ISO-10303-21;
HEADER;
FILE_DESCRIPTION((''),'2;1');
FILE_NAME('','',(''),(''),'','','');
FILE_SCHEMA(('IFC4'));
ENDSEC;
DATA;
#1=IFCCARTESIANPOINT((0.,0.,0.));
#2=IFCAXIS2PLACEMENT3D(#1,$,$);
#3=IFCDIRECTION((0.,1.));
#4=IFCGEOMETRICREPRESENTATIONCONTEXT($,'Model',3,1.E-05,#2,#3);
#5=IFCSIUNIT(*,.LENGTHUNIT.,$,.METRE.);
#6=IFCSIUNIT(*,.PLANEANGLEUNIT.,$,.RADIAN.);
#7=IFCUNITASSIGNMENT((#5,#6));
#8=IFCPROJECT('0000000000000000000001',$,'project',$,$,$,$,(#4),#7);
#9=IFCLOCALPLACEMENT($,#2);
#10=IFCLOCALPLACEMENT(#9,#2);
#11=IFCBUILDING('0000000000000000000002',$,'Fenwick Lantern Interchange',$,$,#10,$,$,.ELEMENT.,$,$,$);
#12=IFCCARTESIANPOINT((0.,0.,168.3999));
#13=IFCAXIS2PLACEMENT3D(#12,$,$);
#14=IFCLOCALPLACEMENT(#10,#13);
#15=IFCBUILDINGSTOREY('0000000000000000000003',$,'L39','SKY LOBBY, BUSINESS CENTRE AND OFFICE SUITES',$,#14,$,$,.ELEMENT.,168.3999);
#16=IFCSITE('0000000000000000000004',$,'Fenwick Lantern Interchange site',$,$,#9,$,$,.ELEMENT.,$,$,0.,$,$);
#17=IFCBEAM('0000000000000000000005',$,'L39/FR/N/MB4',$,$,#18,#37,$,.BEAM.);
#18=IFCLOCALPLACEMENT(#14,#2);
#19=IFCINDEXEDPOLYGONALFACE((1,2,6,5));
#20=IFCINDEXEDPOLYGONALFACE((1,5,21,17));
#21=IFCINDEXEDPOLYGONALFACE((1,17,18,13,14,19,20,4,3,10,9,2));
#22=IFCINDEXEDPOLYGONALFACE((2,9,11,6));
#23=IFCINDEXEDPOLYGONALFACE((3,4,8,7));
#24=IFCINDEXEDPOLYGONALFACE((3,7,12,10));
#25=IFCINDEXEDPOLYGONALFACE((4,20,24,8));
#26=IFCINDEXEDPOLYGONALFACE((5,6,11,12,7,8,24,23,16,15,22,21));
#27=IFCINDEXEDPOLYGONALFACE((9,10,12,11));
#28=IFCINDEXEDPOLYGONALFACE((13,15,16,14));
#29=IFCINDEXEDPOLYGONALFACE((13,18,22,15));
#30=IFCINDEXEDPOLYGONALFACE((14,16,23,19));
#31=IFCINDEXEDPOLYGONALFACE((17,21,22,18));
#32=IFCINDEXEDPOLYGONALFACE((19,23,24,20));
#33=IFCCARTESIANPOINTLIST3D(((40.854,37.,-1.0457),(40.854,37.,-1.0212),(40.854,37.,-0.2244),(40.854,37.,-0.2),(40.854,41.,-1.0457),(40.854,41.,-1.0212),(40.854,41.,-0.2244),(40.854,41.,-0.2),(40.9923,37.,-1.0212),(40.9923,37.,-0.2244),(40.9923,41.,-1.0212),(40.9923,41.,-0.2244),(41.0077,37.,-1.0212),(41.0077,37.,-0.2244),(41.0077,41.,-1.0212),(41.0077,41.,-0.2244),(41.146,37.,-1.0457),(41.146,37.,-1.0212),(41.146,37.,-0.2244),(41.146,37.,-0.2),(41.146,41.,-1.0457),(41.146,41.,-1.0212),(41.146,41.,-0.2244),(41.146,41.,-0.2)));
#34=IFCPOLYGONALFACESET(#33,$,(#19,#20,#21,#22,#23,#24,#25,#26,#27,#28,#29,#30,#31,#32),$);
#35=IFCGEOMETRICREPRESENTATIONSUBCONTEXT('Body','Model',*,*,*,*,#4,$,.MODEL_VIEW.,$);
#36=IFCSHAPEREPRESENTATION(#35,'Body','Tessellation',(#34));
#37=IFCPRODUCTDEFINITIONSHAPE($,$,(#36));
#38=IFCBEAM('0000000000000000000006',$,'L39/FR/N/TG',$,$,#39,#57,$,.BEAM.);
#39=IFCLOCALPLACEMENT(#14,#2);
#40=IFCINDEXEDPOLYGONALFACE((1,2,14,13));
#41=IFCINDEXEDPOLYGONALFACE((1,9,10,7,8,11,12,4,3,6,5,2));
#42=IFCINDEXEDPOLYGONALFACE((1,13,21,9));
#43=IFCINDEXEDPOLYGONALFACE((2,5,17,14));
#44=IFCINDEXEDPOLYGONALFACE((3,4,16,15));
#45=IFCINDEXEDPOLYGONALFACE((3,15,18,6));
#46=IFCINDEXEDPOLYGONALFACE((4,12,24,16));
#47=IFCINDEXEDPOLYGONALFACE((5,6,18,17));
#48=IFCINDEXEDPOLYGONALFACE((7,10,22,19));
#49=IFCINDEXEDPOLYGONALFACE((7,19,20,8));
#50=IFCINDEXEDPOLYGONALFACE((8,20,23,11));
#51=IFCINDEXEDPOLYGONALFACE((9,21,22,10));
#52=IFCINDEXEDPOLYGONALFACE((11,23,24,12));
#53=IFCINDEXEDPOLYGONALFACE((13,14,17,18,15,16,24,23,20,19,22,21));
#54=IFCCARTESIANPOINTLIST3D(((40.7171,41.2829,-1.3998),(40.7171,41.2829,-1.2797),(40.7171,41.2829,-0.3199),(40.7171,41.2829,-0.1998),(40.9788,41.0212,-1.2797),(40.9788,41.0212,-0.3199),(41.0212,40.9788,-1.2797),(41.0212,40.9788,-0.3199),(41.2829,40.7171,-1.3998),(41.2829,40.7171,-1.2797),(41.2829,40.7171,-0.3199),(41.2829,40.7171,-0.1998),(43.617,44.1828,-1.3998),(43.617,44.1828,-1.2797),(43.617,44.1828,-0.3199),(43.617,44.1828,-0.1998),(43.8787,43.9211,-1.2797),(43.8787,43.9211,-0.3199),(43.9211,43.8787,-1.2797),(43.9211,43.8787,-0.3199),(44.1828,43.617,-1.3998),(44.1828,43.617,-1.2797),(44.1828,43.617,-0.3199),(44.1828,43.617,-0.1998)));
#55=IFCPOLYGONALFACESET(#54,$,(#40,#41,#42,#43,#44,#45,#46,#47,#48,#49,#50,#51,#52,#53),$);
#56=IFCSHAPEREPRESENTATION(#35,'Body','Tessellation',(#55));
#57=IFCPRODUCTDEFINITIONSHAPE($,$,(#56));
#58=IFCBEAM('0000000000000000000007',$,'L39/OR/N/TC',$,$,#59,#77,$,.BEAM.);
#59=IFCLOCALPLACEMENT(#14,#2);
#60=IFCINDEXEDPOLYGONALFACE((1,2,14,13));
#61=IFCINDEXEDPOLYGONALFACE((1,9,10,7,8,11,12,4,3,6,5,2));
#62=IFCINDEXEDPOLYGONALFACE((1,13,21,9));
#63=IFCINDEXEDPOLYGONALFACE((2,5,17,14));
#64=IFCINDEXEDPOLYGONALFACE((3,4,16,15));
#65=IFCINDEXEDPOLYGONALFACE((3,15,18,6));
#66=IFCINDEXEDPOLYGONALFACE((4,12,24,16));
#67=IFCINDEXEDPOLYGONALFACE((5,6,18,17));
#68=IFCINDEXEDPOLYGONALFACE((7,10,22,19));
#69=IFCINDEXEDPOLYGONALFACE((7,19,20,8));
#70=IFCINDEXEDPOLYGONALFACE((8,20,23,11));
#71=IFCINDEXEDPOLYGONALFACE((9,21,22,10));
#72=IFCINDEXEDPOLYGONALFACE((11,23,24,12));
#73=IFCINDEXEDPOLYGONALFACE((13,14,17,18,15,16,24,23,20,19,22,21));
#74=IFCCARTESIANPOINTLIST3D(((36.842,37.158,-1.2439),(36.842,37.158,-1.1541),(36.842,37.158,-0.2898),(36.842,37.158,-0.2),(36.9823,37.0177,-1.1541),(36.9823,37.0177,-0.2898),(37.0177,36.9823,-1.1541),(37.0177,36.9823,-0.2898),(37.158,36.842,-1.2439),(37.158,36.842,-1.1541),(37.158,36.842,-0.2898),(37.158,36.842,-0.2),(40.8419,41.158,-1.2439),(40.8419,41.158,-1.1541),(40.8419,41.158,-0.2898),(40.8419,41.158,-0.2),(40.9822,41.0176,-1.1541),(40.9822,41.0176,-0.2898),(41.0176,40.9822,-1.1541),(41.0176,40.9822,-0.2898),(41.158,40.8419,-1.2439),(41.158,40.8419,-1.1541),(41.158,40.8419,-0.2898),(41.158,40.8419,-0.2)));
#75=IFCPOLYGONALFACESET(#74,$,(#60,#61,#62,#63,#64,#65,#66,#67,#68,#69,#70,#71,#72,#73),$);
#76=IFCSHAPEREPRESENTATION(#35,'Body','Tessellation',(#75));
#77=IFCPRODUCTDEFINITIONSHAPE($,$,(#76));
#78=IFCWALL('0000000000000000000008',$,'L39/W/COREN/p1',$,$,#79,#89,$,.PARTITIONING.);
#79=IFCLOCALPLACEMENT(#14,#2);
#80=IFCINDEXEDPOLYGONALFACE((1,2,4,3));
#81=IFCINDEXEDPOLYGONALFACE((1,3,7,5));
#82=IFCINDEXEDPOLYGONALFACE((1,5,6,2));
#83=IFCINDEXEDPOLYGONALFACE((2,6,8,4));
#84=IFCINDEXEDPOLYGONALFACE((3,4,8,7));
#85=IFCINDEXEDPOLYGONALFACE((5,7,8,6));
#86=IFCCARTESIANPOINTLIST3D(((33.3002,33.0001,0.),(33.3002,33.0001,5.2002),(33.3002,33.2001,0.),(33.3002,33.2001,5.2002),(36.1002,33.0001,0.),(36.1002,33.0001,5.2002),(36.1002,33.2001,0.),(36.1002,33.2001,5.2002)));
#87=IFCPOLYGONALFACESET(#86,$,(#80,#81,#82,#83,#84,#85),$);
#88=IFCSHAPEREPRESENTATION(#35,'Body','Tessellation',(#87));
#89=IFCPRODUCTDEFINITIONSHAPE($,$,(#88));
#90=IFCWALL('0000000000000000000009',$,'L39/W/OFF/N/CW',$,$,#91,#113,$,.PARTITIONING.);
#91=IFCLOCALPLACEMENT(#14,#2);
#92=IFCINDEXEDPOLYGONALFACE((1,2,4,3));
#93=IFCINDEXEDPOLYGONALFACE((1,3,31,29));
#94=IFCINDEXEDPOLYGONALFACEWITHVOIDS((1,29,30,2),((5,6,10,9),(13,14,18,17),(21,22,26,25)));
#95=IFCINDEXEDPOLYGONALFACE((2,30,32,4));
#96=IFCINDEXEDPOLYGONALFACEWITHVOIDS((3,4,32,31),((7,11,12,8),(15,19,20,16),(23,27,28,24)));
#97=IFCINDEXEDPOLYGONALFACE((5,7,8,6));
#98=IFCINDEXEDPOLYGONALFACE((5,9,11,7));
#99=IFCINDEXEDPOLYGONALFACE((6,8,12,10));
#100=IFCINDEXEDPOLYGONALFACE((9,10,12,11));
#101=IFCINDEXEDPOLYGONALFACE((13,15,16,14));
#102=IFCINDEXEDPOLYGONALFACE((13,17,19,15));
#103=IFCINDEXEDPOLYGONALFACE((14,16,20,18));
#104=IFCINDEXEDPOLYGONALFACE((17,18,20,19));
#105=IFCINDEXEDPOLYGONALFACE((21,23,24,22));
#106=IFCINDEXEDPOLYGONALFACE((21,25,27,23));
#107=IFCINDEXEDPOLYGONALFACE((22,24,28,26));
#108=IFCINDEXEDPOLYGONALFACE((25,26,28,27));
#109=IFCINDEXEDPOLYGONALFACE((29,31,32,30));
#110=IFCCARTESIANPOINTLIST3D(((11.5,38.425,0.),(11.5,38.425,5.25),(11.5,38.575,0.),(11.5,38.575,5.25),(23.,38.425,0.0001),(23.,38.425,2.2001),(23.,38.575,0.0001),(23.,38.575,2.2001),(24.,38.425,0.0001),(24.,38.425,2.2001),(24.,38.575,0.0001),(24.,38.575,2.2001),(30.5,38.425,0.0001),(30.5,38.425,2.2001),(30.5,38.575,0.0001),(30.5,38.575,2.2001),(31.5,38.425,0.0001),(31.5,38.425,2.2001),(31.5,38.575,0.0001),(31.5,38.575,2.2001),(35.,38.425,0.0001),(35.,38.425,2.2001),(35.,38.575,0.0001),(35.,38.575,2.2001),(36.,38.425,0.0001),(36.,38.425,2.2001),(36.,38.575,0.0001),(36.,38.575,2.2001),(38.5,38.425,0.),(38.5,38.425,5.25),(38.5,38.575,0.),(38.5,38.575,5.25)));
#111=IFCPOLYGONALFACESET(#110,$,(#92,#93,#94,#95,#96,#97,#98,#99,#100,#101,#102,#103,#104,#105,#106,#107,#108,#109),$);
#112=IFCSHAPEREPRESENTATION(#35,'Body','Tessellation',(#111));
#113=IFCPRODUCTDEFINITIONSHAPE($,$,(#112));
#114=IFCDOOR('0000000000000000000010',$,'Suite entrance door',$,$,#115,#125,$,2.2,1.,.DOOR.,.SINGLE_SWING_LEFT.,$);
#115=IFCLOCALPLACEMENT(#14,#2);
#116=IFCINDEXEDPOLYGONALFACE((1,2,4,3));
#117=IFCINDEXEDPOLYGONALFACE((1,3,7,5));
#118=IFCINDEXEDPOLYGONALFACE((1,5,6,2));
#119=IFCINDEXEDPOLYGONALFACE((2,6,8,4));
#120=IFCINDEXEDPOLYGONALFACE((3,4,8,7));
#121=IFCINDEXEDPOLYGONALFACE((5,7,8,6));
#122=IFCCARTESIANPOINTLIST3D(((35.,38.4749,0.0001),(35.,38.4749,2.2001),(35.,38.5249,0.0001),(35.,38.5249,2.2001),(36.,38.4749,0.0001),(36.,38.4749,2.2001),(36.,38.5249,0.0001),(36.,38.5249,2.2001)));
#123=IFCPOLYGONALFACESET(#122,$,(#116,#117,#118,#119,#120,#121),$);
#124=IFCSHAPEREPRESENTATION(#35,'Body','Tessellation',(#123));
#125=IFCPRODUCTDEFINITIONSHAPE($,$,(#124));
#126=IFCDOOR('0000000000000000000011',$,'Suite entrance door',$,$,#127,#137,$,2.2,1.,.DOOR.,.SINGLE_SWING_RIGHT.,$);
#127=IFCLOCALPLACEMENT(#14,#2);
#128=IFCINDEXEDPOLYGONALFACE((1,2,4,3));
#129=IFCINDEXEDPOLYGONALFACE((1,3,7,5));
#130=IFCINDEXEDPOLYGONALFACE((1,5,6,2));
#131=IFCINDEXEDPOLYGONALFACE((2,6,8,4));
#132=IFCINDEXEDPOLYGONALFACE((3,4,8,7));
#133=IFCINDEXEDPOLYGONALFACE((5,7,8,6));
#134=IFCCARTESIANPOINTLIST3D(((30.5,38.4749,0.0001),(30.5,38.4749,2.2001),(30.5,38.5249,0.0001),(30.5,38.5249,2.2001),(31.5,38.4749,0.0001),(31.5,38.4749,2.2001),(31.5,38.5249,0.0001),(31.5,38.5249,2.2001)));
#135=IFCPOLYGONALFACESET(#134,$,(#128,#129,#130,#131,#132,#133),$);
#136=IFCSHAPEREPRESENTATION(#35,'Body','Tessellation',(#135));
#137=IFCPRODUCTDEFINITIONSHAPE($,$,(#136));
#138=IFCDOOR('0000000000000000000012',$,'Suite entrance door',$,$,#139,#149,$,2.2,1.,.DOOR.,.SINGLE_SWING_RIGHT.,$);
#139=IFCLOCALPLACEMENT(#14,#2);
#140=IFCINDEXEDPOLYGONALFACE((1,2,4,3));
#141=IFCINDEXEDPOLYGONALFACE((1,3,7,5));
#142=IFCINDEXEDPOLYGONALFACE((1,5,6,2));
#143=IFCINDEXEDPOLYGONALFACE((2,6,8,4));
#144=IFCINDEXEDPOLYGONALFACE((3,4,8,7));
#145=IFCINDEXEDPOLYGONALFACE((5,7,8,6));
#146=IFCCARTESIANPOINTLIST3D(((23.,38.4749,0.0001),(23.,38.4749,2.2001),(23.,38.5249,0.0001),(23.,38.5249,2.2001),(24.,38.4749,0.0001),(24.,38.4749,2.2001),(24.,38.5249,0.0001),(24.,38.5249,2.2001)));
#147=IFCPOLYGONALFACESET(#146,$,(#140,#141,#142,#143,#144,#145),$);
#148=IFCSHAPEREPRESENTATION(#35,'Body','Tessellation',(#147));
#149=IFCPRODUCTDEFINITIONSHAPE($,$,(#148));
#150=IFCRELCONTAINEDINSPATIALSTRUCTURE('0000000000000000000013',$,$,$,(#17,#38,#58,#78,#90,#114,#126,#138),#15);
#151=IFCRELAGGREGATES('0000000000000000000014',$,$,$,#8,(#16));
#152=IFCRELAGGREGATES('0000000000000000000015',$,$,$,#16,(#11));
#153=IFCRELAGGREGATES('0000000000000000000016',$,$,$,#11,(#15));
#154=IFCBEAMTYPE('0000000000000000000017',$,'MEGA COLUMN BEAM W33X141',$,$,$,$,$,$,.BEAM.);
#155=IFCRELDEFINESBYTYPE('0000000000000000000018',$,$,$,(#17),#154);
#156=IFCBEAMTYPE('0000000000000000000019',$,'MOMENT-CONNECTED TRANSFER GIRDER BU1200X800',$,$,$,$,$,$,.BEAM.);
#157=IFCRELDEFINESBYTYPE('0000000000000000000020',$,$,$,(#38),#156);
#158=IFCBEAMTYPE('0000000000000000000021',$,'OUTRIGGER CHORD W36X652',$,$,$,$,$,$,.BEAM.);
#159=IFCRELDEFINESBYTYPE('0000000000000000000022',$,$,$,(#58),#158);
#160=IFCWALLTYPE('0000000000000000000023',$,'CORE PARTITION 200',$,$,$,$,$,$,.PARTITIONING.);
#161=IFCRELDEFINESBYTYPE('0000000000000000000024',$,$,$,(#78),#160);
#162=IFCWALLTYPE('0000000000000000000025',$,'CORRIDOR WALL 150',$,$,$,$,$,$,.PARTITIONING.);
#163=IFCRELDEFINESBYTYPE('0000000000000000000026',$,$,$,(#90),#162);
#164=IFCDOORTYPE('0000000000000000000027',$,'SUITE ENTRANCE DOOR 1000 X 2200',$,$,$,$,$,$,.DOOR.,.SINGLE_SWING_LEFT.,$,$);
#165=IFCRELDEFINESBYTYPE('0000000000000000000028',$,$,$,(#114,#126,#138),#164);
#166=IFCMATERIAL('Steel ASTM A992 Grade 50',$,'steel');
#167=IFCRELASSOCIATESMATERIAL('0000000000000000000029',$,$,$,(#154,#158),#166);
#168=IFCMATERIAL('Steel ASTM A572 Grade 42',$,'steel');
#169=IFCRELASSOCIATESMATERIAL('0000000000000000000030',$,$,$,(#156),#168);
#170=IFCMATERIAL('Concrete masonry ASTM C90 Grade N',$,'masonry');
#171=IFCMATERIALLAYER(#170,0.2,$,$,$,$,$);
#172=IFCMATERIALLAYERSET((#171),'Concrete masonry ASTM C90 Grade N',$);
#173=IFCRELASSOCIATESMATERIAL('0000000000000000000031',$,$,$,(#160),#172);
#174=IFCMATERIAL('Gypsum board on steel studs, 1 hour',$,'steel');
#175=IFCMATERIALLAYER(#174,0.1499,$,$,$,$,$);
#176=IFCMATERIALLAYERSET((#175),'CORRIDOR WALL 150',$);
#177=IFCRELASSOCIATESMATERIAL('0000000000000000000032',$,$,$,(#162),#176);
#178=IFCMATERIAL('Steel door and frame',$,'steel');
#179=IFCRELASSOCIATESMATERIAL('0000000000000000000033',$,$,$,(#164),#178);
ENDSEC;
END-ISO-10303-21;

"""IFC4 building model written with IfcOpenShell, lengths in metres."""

from ifc_helpers import new_model, si_unit, direction, frame, frame_2d, origin, origin_2d, place, context, subcontext, project, spatial, rectangle, i_section, extrude, material, layer, layer_set, material_profile, profile_set, type_object, element, fill, save


model = new_model("IFC4")

# Units and contexts
model_context = context("Model", 3, precision=1e-05, world=origin(), true_north=direction((0.0, 1.0)))
body_context = subcontext(model_context, "Body", "Model", "MODEL_VIEW")
ifc_project = project(units=[si_unit("LENGTHUNIT", "METRE"), si_unit("PLANEANGLEUNIT", "RADIAN")], contexts=[model_context])

# Site, building, storey
site_placement = place(None, origin())
site = spatial("IfcSite", under=ifc_project, at=site_placement, Name="Fenwick Lantern Interchange site", CompositionType="ELEMENT", RefElevation=0.0)
building_placement = place(site_placement, origin())
building = spatial("IfcBuilding", under=site, at=building_placement, Name="Fenwick Lantern Interchange", CompositionType="ELEMENT")
storey_placement = place(building_placement, frame((0.0, 0.0, 168.3999)))
storey = spatial("IfcBuildingStorey", under=building, at=storey_placement, Name="L39", Description="SKY LOBBY, BUSINESS CENTRE AND OFFICE SUITES", CompositionType="ELEMENT", Elevation=168.3999)

# Beams
ifc_material_1 = material(Name="Steel ASTM A992 Grade 50", Category="steel")
ifc_material_profile_1 = material_profile(ifc_material_1, i_section(OverallWidth=0.292, OverallDepth=0.8457, WebThickness=0.0154, FlangeThickness=0.0244, at=origin_2d()), Name="W33X141")
ifc_profile_set_1 = profile_set([ifc_material_profile_1], Name="Steel ASTM A992 Grade 50")
beam_type_1 = type_object("IfcBeamType", Name="MEGA COLUMN BEAM W33X141", PredefinedType="BEAM", material=ifc_profile_set_1)
for number, where, z_axis, x_axis, name in (
    (1, (41.0, 41.0, -0.6228), (0.0, -1.0, 0.0), (1.0, 0.0, 0.0), "L39/FR/N/MB4"),
):
    element("IfcBeam", number, at=place(storey_placement, frame(where, z_axis=z_axis, x_axis=x_axis)), inside=storey, type_object=beam_type_1, Name=name, PredefinedType="BEAM", context=body_context, shape_type="SweptSolid", body=[
        extrude(i_section(OverallWidth=0.292, OverallDepth=0.8457, WebThickness=0.0154, FlangeThickness=0.0244, at=origin_2d()), origin(), (0.0, 0.0, 1.0), 4.0),
    ])
ifc_material_2 = material(Name="Steel ASTM A572 Grade 42", Category="steel")
ifc_material_profile_2 = material_profile(ifc_material_2, i_section(OverallWidth=0.8, OverallDepth=1.2, WebThickness=0.0601, FlangeThickness=0.1201, at=origin_2d()), Name="BU1200X800")
ifc_profile_set_2 = profile_set([ifc_material_profile_2], Name="Steel ASTM A572 Grade 42")
beam_type_2 = type_object("IfcBeamType", Name="MOMENT-CONNECTED TRANSFER GIRDER BU1200X800", PredefinedType="BEAM", material=ifc_profile_set_2)
beam_1_placement = place(storey_placement, frame((41.0, 41.0, -0.7998), z_axis=(0.707107, 0.707107, 0.0), x_axis=(-0.707107, 0.707107, 0.0)))
element("IfcBeam", 2, at=beam_1_placement, inside=storey, type_object=beam_type_2, Name="L39/FR/N/TG", PredefinedType="BEAM", context=body_context, shape_type="SweptSolid", body=[
    extrude(i_section(OverallWidth=0.8, OverallDepth=1.2, WebThickness=0.0601, FlangeThickness=0.1201, at=origin_2d()), origin(), (0.0, 0.0, 1.0), 4.1011),
])
ifc_material_profile_3 = material_profile(ifc_material_1, i_section(OverallWidth=0.447, OverallDepth=1.0439, WebThickness=0.05, FlangeThickness=0.0898, at=origin_2d()), Name="W36X652")
ifc_profile_set_3 = profile_set([ifc_material_profile_3], Name="Steel ASTM A992 Grade 50")
beam_type_3 = type_object("IfcBeamType", Name="OUTRIGGER CHORD W36X652", PredefinedType="BEAM", material=ifc_profile_set_3)
beam_2_placement = place(storey_placement, frame((37.0, 37.0, -0.7219), z_axis=(0.707107, 0.707107, 0.0), x_axis=(-0.707107, 0.707107, 0.0)))
element("IfcBeam", 3, at=beam_2_placement, inside=storey, type_object=beam_type_3, Name="L39/OR/N/TC", PredefinedType="BEAM", context=body_context, shape_type="SweptSolid", body=[
    extrude(i_section(OverallWidth=0.447, OverallDepth=1.0439, WebThickness=0.05, FlangeThickness=0.0898, at=origin_2d()), origin(), (0.0, 0.0, 1.0), 5.6567),
])

# Wall
ifc_material_3 = material(Name="Concrete masonry ASTM C90 Grade N", Category="masonry")
ifc_layer_1 = layer(ifc_material_3, 0.2)
ifc_layer_set_1 = layer_set([ifc_layer_1], Name="Concrete masonry ASTM C90 Grade N")
wall_type_1 = type_object("IfcWallType", Name="CORE PARTITION 200", PredefinedType="PARTITIONING", material=ifc_layer_set_1)
wall_1_placement = place(storey_placement, frame((36.1001, 33.1001, 0.0), z_axis=(0.0, 0.0, 1.0), x_axis=(-1.0, 0.0, 0.0)))
element("IfcWall", 4, at=wall_1_placement, inside=storey, type_object=wall_type_1, Name="L39/W/COREN/p1", PredefinedType="PARTITIONING", context=body_context, shape_type="SweptSolid", body=[
    extrude(rectangle(XDim=2.8, YDim=0.2, at=frame_2d((1.3999, 0.0))), origin(), (0.0, 0.0, 1.0), 5.2002),
])

# Wall, openings, doors
ifc_material_4 = material(Name="Steel door and frame", Category="steel")
ifc_material_5 = material(Name="Gypsum board on steel studs, 1 hour", Category="steel")
ifc_layer_2 = layer(ifc_material_5, 0.1499)
ifc_layer_set_2 = layer_set([ifc_layer_2], Name="CORRIDOR WALL 150")
wall_type_2 = type_object("IfcWallType", Name="CORRIDOR WALL 150", PredefinedType="PARTITIONING", material=ifc_layer_set_2)
wall_2_placement = place(storey_placement, frame((38.5, 38.5, 0.0), z_axis=(0.0, 0.0, 1.0), x_axis=(-1.0, 0.0, 0.0)))
wall_2 = element("IfcWall", 5, at=wall_2_placement, inside=storey, type_object=wall_type_2, Name="L39/W/OFF/N/CW", PredefinedType="PARTITIONING", context=body_context, shape_type="SweptSolid", body=[
    extrude(rectangle(XDim=27.0, YDim=0.1499, at=frame_2d((13.5, 0.0))), origin(), (0.0, 0.0, 1.0), 5.25),
])
opening_1_placement = place(wall_2_placement, frame((2.5, 0.0, 0.0)))
opening_1 = element("IfcOpeningElement", 6, at=opening_1_placement, cuts=wall_2, PredefinedType="OPENING", context=body_context, shape_type="SweptSolid", body=[
    extrude(rectangle(XDim=1.0, YDim=2.2, at=frame_2d((0.5, 1.1001))), frame((0.0, 0.085, 0.0), z_axis=(0.0, -1.0, 0.0), x_axis=(1.0, 0.0, 0.0)), (0.0, 0.0, 1.0), 0.1699),
])
opening_2_placement = place(wall_2_placement, frame((7.0, 0.0, 0.0)))
opening_2 = element("IfcOpeningElement", 7, at=opening_2_placement, cuts=wall_2, PredefinedType="OPENING", context=body_context, shape_type="SweptSolid", body=[
    extrude(rectangle(XDim=1.0, YDim=2.2, at=frame_2d((0.5, 1.1001))), frame((0.0, 0.085, 0.0), z_axis=(0.0, -1.0, 0.0), x_axis=(1.0, 0.0, 0.0)), (0.0, 0.0, 1.0), 0.1699),
])
opening_3_placement = place(wall_2_placement, frame((14.5, 0.0, 0.0)))
opening_3 = element("IfcOpeningElement", 8, at=opening_3_placement, cuts=wall_2, PredefinedType="OPENING", context=body_context, shape_type="SweptSolid", body=[
    extrude(rectangle(XDim=1.0, YDim=2.2, at=frame_2d((0.5, 1.1001))), frame((0.0, 0.085, 0.0), z_axis=(0.0, -1.0, 0.0), x_axis=(1.0, 0.0, 0.0)), (0.0, 0.0, 1.0), 0.1699),
])
door_type_1 = type_object("IfcDoorType", Name="SUITE ENTRANCE DOOR 1000 X 2200", OperationType="SINGLE_SWING_LEFT", PredefinedType="DOOR", material=ifc_material_4)
door_1_placement = place(opening_1_placement, frame((1.0, 0.0, 0.0), z_axis=(0.0, 0.0, 1.0), x_axis=(-1.0, 0.0, 0.0)))
door_1 = element("IfcDoor", 9, at=door_1_placement, inside=storey, type_object=door_type_1, Name="Suite entrance door", OperationType="SINGLE_SWING_LEFT", OverallHeight=2.2, OverallWidth=1.0, PredefinedType="DOOR", context=body_context, shape_type="SweptSolid", body=[
    extrude(rectangle(XDim=1.0, YDim=2.2, at=frame_2d((0.5, 1.1001))), frame((0.0, 0.0249, 0.0), z_axis=(0.0, -1.0, 0.0), x_axis=(1.0, 0.0, 0.0)), (0.0, 0.0, 1.0), 0.05),
])
fill(opening_1, door_1)
door_2_placement = place(opening_2_placement, frame((1.0, 0.0, 0.0), z_axis=(0.0, 0.0, 1.0), x_axis=(-1.0, 0.0, 0.0)))
door_2 = element("IfcDoor", 10, at=door_2_placement, inside=storey, type_object=door_type_1, Name="Suite entrance door", OperationType="SINGLE_SWING_RIGHT", OverallHeight=2.2, OverallWidth=1.0, PredefinedType="DOOR", context=body_context, shape_type="SweptSolid", body=[
    extrude(rectangle(XDim=1.0, YDim=2.2, at=frame_2d((0.5, 1.1001))), frame((0.0, 0.0249, 0.0), z_axis=(0.0, -1.0, 0.0), x_axis=(1.0, 0.0, 0.0)), (0.0, 0.0, 1.0), 0.05),
])
fill(opening_2, door_2)
door_3_placement = place(opening_3_placement, frame((1.0, 0.0, 0.0), z_axis=(0.0, 0.0, 1.0), x_axis=(-1.0, 0.0, 0.0)))
door_3 = element("IfcDoor", 11, at=door_3_placement, inside=storey, type_object=door_type_1, Name="Suite entrance door", OperationType="SINGLE_SWING_RIGHT", OverallHeight=2.2, OverallWidth=1.0, PredefinedType="DOOR", context=body_context, shape_type="SweptSolid", body=[
    extrude(rectangle(XDim=1.0, YDim=2.2, at=frame_2d((0.5, 1.1001))), frame((0.0, 0.0249, 0.0), z_axis=(0.0, -1.0, 0.0), x_axis=(1.0, 0.0, 0.0)), (0.0, 0.0, 1.0), 0.05),
])
fill(opening_3, door_3)

save(model, "model.ifc")
